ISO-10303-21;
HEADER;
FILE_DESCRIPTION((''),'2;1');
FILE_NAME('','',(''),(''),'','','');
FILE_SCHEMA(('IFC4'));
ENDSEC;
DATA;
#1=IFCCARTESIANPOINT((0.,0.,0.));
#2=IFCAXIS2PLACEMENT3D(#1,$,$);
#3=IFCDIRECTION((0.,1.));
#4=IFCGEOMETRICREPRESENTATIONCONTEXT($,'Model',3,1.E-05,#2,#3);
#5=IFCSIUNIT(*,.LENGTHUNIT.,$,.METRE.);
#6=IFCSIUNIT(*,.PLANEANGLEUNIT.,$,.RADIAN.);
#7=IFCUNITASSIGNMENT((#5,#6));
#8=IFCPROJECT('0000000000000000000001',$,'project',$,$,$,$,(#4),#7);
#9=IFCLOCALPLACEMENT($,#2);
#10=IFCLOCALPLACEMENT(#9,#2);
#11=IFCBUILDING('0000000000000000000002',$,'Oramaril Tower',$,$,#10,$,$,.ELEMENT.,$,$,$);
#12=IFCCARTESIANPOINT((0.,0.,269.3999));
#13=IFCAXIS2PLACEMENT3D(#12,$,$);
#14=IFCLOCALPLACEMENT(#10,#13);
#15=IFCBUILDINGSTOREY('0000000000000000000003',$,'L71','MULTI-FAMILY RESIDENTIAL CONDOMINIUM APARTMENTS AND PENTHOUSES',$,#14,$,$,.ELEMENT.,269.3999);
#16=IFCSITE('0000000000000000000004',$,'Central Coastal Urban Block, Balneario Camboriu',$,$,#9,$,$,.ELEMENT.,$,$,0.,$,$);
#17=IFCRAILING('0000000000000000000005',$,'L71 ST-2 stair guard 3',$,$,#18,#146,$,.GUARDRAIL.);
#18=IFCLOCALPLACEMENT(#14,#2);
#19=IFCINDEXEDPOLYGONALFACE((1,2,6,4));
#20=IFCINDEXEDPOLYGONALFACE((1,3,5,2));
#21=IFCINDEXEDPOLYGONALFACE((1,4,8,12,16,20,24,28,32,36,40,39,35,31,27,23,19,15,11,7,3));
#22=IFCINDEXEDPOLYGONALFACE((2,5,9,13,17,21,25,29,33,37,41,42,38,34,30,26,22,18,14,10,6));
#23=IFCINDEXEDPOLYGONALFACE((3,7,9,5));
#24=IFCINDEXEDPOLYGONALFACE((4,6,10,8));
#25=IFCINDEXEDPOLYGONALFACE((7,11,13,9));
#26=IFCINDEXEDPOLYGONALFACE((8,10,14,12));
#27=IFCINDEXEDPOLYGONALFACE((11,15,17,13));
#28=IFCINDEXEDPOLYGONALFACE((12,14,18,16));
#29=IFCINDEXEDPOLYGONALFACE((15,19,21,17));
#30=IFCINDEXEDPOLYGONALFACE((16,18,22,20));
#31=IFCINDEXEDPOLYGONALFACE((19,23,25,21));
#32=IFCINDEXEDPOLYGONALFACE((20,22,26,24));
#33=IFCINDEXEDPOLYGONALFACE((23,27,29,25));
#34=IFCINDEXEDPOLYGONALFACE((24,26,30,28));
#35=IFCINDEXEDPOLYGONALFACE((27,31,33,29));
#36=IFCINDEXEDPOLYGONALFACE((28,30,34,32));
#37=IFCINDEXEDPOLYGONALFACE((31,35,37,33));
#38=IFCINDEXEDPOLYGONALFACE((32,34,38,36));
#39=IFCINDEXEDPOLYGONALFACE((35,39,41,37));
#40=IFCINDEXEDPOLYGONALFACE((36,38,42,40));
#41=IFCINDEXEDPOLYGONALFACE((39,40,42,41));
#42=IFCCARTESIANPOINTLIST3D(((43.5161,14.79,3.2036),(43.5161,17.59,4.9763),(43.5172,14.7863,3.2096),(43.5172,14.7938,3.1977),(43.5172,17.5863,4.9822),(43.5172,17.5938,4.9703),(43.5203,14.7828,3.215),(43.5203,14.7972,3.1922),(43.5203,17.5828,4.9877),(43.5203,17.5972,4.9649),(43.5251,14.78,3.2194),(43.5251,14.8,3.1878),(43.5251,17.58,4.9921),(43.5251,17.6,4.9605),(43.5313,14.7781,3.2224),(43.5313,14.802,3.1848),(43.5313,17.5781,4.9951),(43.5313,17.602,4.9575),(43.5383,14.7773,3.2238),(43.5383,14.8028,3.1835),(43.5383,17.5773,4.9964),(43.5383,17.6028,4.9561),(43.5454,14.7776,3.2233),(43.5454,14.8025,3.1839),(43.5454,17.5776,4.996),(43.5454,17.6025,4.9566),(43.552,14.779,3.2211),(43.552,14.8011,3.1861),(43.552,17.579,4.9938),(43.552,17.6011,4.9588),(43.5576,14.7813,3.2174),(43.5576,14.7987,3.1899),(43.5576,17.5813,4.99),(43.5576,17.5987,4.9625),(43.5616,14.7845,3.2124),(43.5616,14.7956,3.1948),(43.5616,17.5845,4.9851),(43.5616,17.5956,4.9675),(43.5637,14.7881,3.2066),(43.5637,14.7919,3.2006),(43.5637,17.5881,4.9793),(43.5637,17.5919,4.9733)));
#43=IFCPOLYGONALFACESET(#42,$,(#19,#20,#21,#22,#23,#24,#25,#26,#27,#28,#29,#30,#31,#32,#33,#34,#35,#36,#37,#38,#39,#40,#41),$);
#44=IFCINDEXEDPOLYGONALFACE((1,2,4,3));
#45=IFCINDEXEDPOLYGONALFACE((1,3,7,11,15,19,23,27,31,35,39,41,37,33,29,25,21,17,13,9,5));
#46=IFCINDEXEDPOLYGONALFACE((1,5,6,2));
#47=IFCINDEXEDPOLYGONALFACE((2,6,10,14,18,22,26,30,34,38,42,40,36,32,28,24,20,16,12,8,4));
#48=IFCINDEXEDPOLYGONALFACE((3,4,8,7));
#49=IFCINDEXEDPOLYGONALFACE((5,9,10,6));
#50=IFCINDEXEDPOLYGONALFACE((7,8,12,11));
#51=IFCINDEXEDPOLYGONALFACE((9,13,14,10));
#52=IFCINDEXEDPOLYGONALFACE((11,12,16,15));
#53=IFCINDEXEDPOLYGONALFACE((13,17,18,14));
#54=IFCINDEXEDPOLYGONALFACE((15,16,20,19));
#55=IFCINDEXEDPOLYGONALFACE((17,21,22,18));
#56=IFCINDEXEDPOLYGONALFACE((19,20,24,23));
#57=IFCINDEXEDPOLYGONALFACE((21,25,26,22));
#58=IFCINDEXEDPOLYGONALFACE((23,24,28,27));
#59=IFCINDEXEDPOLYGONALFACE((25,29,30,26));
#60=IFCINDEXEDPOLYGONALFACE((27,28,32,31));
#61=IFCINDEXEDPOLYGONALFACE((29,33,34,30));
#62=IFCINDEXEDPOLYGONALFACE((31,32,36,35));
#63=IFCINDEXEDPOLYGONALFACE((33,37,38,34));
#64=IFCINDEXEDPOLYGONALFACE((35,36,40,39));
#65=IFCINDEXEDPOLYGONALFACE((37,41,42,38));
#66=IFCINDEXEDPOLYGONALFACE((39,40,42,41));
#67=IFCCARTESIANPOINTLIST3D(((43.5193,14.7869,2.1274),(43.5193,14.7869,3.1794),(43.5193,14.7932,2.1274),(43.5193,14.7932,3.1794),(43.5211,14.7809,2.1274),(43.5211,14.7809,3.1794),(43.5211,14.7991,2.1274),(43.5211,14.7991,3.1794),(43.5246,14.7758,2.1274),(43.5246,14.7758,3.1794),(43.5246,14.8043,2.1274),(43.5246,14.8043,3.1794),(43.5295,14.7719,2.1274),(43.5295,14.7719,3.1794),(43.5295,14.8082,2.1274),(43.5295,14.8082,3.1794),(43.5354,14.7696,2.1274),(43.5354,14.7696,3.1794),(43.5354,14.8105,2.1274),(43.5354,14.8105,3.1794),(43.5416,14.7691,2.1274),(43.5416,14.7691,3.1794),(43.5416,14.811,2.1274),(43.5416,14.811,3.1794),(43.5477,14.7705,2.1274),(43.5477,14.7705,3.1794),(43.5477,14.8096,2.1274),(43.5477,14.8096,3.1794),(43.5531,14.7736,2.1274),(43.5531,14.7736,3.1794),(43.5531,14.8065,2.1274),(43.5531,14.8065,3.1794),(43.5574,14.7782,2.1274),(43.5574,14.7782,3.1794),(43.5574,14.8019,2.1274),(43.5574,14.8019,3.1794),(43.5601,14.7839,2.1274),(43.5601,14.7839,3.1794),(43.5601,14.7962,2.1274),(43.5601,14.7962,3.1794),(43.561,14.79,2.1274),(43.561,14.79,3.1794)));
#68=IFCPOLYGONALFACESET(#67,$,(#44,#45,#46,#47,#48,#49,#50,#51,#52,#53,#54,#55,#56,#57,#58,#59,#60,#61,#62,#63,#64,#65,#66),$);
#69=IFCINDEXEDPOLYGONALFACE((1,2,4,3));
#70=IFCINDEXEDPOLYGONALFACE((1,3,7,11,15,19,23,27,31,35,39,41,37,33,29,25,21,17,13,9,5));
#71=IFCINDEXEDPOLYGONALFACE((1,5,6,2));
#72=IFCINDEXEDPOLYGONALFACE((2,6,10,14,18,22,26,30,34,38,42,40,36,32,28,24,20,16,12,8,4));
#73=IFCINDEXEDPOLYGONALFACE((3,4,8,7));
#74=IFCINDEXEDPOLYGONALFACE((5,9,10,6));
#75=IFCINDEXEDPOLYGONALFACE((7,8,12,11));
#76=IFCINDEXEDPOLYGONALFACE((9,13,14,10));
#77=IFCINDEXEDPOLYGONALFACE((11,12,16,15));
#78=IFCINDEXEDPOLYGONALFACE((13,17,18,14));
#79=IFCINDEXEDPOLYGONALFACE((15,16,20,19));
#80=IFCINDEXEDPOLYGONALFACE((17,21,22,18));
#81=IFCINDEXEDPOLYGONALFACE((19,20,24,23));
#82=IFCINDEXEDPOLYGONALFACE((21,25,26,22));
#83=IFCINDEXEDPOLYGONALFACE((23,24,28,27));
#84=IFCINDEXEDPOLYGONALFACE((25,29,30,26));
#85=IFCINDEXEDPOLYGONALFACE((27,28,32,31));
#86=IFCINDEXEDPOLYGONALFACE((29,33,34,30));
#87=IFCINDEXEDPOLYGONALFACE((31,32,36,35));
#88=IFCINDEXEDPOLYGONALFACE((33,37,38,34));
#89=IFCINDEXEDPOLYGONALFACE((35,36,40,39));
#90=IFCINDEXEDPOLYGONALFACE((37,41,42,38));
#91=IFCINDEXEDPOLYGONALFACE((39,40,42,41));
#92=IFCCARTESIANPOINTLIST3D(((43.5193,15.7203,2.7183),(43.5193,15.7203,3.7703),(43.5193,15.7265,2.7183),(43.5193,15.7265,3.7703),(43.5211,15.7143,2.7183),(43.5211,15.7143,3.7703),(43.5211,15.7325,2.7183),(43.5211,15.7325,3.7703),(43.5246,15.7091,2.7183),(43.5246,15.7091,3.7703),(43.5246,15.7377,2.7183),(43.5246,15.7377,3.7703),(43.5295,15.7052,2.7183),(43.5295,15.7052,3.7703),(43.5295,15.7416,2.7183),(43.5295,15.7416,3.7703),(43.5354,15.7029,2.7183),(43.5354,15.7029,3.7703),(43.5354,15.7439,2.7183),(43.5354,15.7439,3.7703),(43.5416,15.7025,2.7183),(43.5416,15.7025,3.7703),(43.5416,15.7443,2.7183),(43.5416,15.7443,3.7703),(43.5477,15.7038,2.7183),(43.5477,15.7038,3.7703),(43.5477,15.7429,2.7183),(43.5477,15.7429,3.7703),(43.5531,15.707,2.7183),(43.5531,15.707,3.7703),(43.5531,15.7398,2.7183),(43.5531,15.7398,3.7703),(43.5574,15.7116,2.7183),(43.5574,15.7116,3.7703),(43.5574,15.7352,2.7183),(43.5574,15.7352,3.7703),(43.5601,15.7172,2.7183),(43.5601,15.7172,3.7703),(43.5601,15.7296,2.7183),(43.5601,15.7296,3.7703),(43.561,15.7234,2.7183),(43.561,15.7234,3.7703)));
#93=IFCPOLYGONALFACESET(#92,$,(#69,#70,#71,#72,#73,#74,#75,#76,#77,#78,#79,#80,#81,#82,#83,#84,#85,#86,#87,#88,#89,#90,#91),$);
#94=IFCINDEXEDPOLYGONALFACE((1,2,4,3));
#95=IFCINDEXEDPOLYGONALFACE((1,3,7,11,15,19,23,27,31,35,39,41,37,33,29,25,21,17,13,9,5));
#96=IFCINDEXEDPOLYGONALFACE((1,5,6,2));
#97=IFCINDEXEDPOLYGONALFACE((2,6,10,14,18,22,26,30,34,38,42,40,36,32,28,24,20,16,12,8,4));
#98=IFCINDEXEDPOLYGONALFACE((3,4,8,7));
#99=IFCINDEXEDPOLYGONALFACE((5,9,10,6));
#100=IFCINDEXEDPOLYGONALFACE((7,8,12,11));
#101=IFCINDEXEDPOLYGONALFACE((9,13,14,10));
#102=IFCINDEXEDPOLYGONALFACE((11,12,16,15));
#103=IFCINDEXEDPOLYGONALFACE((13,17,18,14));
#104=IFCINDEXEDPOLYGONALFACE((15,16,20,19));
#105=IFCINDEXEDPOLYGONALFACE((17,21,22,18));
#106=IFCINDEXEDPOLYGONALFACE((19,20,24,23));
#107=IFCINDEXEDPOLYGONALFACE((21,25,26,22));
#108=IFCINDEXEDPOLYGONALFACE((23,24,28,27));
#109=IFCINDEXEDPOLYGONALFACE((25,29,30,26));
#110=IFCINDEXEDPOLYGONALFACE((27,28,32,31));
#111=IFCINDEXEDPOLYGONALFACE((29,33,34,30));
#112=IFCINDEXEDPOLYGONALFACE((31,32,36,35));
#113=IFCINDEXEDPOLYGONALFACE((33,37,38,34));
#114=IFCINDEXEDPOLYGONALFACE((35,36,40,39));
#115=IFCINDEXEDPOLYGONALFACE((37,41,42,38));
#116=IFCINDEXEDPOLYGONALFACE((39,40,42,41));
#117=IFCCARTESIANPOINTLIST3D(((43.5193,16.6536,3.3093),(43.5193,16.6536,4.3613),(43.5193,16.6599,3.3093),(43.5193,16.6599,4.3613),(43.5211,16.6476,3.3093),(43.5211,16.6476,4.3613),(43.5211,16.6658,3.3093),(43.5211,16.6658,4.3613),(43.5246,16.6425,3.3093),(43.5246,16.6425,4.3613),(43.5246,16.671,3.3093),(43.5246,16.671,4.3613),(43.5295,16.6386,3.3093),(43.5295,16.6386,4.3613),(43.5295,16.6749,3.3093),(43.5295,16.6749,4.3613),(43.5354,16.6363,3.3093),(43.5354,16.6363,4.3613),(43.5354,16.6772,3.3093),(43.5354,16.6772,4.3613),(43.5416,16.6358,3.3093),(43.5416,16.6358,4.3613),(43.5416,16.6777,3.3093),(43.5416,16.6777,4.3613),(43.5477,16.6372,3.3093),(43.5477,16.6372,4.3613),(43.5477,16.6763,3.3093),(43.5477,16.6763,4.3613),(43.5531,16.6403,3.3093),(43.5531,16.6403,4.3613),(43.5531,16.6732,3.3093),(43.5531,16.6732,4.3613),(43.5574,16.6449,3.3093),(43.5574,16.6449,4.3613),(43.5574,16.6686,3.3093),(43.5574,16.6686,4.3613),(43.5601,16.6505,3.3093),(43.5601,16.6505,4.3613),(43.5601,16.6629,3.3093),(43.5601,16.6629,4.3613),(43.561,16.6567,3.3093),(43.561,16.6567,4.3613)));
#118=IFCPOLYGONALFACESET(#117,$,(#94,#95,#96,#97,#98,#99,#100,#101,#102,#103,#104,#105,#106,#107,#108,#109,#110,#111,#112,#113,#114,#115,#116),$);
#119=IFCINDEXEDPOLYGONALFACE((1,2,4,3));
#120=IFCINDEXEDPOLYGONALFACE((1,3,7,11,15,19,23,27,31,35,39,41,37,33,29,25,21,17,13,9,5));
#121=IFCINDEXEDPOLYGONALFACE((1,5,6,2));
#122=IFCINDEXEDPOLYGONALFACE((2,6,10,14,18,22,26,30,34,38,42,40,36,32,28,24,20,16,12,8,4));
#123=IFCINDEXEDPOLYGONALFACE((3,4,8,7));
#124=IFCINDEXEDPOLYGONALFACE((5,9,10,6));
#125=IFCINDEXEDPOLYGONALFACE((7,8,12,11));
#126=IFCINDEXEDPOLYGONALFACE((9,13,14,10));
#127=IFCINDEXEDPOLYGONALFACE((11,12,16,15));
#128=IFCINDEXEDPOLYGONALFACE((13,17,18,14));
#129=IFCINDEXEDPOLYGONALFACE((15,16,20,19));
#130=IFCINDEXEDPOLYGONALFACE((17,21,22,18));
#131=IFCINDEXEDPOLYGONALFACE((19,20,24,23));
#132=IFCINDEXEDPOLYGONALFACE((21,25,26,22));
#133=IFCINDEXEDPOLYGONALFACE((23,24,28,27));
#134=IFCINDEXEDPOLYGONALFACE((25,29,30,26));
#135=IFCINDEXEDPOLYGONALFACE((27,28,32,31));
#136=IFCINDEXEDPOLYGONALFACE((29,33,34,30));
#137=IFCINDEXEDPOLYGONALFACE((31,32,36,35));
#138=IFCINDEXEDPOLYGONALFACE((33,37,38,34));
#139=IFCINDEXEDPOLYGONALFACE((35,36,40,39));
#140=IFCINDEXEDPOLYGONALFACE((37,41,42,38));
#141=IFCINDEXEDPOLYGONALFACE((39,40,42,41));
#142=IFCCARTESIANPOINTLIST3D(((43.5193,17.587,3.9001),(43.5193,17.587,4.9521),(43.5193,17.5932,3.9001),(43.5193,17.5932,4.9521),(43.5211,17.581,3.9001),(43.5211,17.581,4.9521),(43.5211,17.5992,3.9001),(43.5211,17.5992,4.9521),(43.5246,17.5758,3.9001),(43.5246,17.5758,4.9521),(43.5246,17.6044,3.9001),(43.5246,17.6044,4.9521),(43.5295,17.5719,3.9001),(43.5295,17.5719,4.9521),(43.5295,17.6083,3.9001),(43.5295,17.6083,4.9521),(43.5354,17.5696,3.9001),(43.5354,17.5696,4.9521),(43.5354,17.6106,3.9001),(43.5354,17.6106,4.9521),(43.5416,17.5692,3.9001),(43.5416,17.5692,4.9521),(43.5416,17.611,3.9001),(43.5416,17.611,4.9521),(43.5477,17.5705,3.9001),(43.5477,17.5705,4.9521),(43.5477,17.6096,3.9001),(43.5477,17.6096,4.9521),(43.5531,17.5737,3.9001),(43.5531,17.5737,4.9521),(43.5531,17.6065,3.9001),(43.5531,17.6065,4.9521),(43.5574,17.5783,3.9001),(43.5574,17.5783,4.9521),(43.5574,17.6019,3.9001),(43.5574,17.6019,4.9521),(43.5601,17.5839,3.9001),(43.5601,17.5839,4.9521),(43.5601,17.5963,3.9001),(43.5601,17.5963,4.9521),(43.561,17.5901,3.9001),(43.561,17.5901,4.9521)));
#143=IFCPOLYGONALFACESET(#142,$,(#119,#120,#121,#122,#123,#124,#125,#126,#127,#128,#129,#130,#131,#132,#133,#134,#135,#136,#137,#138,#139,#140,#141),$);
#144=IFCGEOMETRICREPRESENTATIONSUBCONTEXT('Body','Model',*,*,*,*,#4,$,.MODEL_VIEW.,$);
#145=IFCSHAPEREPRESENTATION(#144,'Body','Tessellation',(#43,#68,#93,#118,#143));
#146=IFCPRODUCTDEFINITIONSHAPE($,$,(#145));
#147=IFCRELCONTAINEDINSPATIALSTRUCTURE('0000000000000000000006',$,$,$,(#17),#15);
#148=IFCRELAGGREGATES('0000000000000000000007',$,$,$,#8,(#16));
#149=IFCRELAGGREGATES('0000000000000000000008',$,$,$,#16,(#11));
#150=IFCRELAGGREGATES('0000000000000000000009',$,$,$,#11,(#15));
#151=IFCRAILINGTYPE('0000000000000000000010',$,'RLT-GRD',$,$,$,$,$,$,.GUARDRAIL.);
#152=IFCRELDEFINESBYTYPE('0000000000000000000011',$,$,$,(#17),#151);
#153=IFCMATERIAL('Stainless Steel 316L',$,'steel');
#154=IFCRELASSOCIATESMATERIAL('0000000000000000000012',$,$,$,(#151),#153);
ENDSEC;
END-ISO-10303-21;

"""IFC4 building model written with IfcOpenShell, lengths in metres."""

from ifc_helpers import new_model, si_unit, direction, frame, origin, origin_2d, place, context, subcontext, project, spatial, circle, extrude, material, type_object, element, save


model = new_model("IFC4")

# Units and contexts
model_context = context("Model", 3, precision=1e-05, world=origin(), true_north=direction((0.0, 1.0)))
body_context = subcontext(model_context, "Body", "Model", "MODEL_VIEW")
ifc_project = project(units=[si_unit("LENGTHUNIT", "METRE"), si_unit("PLANEANGLEUNIT", "RADIAN")], contexts=[model_context])

# Site, building, storey
site_placement = place(None, origin())
site = spatial("IfcSite", under=ifc_project, at=site_placement, Name="Central Coastal Urban Block, Balneario Camboriu", CompositionType="ELEMENT", RefElevation=0.0)
building_placement = place(site_placement, origin())
building = spatial("IfcBuilding", under=site, at=building_placement, Name="Oramaril Tower", CompositionType="ELEMENT")
storey_placement = place(building_placement, frame((0.0, 0.0, 269.3999)))
storey = spatial("IfcBuildingStorey", under=building, at=storey_placement, Name="L71", Description="MULTI-FAMILY RESIDENTIAL CONDOMINIUM APARTMENTS AND PENTHOUSES", CompositionType="ELEMENT", Elevation=269.3999)

# Railing
ifc_material_1 = material(Name="Stainless Steel 316L", Category="steel")
railing_type_1 = type_object("IfcRailingType", Name="RLT-GRD", PredefinedType="GUARDRAIL", material=ifc_material_1)
railing_1_placement = place(storey_placement, frame((43.54, 14.79, 2.1274)))
element("IfcRailing", 1, at=railing_1_placement, inside=storey, type_object=railing_type_1, Name="L71 ST-2 stair guard 3", PredefinedType="GUARDRAIL", context=body_context, shape_type="SweptSolid", body=[
    extrude(circle(Radius=0.0239, at=origin_2d()), frame((0.0, 0.0, 1.0762), z_axis=(0.0, 0.844909, 0.53491), x_axis=(-1.0, 0.0, 0.0)), (0.0, 0.0, 1.0), 3.314),
    extrude(circle(Radius=0.021, at=origin_2d()), origin(), (0.0, 0.0, 1.0), 1.052),
    extrude(circle(Radius=0.021, at=origin_2d()), frame((0.0, 0.9333, 0.5908)), (0.0, 0.0, 1.0), 1.052),
    extrude(circle(Radius=0.021, at=origin_2d()), frame((0.0, 1.8667, 1.1819)), (0.0, 0.0, 1.0), 1.052),
    extrude(circle(Radius=0.021, at=origin_2d()), frame((0.0, 2.8, 1.7727)), (0.0, 0.0, 1.0), 1.052),
])

save(model, "model.ifc")
